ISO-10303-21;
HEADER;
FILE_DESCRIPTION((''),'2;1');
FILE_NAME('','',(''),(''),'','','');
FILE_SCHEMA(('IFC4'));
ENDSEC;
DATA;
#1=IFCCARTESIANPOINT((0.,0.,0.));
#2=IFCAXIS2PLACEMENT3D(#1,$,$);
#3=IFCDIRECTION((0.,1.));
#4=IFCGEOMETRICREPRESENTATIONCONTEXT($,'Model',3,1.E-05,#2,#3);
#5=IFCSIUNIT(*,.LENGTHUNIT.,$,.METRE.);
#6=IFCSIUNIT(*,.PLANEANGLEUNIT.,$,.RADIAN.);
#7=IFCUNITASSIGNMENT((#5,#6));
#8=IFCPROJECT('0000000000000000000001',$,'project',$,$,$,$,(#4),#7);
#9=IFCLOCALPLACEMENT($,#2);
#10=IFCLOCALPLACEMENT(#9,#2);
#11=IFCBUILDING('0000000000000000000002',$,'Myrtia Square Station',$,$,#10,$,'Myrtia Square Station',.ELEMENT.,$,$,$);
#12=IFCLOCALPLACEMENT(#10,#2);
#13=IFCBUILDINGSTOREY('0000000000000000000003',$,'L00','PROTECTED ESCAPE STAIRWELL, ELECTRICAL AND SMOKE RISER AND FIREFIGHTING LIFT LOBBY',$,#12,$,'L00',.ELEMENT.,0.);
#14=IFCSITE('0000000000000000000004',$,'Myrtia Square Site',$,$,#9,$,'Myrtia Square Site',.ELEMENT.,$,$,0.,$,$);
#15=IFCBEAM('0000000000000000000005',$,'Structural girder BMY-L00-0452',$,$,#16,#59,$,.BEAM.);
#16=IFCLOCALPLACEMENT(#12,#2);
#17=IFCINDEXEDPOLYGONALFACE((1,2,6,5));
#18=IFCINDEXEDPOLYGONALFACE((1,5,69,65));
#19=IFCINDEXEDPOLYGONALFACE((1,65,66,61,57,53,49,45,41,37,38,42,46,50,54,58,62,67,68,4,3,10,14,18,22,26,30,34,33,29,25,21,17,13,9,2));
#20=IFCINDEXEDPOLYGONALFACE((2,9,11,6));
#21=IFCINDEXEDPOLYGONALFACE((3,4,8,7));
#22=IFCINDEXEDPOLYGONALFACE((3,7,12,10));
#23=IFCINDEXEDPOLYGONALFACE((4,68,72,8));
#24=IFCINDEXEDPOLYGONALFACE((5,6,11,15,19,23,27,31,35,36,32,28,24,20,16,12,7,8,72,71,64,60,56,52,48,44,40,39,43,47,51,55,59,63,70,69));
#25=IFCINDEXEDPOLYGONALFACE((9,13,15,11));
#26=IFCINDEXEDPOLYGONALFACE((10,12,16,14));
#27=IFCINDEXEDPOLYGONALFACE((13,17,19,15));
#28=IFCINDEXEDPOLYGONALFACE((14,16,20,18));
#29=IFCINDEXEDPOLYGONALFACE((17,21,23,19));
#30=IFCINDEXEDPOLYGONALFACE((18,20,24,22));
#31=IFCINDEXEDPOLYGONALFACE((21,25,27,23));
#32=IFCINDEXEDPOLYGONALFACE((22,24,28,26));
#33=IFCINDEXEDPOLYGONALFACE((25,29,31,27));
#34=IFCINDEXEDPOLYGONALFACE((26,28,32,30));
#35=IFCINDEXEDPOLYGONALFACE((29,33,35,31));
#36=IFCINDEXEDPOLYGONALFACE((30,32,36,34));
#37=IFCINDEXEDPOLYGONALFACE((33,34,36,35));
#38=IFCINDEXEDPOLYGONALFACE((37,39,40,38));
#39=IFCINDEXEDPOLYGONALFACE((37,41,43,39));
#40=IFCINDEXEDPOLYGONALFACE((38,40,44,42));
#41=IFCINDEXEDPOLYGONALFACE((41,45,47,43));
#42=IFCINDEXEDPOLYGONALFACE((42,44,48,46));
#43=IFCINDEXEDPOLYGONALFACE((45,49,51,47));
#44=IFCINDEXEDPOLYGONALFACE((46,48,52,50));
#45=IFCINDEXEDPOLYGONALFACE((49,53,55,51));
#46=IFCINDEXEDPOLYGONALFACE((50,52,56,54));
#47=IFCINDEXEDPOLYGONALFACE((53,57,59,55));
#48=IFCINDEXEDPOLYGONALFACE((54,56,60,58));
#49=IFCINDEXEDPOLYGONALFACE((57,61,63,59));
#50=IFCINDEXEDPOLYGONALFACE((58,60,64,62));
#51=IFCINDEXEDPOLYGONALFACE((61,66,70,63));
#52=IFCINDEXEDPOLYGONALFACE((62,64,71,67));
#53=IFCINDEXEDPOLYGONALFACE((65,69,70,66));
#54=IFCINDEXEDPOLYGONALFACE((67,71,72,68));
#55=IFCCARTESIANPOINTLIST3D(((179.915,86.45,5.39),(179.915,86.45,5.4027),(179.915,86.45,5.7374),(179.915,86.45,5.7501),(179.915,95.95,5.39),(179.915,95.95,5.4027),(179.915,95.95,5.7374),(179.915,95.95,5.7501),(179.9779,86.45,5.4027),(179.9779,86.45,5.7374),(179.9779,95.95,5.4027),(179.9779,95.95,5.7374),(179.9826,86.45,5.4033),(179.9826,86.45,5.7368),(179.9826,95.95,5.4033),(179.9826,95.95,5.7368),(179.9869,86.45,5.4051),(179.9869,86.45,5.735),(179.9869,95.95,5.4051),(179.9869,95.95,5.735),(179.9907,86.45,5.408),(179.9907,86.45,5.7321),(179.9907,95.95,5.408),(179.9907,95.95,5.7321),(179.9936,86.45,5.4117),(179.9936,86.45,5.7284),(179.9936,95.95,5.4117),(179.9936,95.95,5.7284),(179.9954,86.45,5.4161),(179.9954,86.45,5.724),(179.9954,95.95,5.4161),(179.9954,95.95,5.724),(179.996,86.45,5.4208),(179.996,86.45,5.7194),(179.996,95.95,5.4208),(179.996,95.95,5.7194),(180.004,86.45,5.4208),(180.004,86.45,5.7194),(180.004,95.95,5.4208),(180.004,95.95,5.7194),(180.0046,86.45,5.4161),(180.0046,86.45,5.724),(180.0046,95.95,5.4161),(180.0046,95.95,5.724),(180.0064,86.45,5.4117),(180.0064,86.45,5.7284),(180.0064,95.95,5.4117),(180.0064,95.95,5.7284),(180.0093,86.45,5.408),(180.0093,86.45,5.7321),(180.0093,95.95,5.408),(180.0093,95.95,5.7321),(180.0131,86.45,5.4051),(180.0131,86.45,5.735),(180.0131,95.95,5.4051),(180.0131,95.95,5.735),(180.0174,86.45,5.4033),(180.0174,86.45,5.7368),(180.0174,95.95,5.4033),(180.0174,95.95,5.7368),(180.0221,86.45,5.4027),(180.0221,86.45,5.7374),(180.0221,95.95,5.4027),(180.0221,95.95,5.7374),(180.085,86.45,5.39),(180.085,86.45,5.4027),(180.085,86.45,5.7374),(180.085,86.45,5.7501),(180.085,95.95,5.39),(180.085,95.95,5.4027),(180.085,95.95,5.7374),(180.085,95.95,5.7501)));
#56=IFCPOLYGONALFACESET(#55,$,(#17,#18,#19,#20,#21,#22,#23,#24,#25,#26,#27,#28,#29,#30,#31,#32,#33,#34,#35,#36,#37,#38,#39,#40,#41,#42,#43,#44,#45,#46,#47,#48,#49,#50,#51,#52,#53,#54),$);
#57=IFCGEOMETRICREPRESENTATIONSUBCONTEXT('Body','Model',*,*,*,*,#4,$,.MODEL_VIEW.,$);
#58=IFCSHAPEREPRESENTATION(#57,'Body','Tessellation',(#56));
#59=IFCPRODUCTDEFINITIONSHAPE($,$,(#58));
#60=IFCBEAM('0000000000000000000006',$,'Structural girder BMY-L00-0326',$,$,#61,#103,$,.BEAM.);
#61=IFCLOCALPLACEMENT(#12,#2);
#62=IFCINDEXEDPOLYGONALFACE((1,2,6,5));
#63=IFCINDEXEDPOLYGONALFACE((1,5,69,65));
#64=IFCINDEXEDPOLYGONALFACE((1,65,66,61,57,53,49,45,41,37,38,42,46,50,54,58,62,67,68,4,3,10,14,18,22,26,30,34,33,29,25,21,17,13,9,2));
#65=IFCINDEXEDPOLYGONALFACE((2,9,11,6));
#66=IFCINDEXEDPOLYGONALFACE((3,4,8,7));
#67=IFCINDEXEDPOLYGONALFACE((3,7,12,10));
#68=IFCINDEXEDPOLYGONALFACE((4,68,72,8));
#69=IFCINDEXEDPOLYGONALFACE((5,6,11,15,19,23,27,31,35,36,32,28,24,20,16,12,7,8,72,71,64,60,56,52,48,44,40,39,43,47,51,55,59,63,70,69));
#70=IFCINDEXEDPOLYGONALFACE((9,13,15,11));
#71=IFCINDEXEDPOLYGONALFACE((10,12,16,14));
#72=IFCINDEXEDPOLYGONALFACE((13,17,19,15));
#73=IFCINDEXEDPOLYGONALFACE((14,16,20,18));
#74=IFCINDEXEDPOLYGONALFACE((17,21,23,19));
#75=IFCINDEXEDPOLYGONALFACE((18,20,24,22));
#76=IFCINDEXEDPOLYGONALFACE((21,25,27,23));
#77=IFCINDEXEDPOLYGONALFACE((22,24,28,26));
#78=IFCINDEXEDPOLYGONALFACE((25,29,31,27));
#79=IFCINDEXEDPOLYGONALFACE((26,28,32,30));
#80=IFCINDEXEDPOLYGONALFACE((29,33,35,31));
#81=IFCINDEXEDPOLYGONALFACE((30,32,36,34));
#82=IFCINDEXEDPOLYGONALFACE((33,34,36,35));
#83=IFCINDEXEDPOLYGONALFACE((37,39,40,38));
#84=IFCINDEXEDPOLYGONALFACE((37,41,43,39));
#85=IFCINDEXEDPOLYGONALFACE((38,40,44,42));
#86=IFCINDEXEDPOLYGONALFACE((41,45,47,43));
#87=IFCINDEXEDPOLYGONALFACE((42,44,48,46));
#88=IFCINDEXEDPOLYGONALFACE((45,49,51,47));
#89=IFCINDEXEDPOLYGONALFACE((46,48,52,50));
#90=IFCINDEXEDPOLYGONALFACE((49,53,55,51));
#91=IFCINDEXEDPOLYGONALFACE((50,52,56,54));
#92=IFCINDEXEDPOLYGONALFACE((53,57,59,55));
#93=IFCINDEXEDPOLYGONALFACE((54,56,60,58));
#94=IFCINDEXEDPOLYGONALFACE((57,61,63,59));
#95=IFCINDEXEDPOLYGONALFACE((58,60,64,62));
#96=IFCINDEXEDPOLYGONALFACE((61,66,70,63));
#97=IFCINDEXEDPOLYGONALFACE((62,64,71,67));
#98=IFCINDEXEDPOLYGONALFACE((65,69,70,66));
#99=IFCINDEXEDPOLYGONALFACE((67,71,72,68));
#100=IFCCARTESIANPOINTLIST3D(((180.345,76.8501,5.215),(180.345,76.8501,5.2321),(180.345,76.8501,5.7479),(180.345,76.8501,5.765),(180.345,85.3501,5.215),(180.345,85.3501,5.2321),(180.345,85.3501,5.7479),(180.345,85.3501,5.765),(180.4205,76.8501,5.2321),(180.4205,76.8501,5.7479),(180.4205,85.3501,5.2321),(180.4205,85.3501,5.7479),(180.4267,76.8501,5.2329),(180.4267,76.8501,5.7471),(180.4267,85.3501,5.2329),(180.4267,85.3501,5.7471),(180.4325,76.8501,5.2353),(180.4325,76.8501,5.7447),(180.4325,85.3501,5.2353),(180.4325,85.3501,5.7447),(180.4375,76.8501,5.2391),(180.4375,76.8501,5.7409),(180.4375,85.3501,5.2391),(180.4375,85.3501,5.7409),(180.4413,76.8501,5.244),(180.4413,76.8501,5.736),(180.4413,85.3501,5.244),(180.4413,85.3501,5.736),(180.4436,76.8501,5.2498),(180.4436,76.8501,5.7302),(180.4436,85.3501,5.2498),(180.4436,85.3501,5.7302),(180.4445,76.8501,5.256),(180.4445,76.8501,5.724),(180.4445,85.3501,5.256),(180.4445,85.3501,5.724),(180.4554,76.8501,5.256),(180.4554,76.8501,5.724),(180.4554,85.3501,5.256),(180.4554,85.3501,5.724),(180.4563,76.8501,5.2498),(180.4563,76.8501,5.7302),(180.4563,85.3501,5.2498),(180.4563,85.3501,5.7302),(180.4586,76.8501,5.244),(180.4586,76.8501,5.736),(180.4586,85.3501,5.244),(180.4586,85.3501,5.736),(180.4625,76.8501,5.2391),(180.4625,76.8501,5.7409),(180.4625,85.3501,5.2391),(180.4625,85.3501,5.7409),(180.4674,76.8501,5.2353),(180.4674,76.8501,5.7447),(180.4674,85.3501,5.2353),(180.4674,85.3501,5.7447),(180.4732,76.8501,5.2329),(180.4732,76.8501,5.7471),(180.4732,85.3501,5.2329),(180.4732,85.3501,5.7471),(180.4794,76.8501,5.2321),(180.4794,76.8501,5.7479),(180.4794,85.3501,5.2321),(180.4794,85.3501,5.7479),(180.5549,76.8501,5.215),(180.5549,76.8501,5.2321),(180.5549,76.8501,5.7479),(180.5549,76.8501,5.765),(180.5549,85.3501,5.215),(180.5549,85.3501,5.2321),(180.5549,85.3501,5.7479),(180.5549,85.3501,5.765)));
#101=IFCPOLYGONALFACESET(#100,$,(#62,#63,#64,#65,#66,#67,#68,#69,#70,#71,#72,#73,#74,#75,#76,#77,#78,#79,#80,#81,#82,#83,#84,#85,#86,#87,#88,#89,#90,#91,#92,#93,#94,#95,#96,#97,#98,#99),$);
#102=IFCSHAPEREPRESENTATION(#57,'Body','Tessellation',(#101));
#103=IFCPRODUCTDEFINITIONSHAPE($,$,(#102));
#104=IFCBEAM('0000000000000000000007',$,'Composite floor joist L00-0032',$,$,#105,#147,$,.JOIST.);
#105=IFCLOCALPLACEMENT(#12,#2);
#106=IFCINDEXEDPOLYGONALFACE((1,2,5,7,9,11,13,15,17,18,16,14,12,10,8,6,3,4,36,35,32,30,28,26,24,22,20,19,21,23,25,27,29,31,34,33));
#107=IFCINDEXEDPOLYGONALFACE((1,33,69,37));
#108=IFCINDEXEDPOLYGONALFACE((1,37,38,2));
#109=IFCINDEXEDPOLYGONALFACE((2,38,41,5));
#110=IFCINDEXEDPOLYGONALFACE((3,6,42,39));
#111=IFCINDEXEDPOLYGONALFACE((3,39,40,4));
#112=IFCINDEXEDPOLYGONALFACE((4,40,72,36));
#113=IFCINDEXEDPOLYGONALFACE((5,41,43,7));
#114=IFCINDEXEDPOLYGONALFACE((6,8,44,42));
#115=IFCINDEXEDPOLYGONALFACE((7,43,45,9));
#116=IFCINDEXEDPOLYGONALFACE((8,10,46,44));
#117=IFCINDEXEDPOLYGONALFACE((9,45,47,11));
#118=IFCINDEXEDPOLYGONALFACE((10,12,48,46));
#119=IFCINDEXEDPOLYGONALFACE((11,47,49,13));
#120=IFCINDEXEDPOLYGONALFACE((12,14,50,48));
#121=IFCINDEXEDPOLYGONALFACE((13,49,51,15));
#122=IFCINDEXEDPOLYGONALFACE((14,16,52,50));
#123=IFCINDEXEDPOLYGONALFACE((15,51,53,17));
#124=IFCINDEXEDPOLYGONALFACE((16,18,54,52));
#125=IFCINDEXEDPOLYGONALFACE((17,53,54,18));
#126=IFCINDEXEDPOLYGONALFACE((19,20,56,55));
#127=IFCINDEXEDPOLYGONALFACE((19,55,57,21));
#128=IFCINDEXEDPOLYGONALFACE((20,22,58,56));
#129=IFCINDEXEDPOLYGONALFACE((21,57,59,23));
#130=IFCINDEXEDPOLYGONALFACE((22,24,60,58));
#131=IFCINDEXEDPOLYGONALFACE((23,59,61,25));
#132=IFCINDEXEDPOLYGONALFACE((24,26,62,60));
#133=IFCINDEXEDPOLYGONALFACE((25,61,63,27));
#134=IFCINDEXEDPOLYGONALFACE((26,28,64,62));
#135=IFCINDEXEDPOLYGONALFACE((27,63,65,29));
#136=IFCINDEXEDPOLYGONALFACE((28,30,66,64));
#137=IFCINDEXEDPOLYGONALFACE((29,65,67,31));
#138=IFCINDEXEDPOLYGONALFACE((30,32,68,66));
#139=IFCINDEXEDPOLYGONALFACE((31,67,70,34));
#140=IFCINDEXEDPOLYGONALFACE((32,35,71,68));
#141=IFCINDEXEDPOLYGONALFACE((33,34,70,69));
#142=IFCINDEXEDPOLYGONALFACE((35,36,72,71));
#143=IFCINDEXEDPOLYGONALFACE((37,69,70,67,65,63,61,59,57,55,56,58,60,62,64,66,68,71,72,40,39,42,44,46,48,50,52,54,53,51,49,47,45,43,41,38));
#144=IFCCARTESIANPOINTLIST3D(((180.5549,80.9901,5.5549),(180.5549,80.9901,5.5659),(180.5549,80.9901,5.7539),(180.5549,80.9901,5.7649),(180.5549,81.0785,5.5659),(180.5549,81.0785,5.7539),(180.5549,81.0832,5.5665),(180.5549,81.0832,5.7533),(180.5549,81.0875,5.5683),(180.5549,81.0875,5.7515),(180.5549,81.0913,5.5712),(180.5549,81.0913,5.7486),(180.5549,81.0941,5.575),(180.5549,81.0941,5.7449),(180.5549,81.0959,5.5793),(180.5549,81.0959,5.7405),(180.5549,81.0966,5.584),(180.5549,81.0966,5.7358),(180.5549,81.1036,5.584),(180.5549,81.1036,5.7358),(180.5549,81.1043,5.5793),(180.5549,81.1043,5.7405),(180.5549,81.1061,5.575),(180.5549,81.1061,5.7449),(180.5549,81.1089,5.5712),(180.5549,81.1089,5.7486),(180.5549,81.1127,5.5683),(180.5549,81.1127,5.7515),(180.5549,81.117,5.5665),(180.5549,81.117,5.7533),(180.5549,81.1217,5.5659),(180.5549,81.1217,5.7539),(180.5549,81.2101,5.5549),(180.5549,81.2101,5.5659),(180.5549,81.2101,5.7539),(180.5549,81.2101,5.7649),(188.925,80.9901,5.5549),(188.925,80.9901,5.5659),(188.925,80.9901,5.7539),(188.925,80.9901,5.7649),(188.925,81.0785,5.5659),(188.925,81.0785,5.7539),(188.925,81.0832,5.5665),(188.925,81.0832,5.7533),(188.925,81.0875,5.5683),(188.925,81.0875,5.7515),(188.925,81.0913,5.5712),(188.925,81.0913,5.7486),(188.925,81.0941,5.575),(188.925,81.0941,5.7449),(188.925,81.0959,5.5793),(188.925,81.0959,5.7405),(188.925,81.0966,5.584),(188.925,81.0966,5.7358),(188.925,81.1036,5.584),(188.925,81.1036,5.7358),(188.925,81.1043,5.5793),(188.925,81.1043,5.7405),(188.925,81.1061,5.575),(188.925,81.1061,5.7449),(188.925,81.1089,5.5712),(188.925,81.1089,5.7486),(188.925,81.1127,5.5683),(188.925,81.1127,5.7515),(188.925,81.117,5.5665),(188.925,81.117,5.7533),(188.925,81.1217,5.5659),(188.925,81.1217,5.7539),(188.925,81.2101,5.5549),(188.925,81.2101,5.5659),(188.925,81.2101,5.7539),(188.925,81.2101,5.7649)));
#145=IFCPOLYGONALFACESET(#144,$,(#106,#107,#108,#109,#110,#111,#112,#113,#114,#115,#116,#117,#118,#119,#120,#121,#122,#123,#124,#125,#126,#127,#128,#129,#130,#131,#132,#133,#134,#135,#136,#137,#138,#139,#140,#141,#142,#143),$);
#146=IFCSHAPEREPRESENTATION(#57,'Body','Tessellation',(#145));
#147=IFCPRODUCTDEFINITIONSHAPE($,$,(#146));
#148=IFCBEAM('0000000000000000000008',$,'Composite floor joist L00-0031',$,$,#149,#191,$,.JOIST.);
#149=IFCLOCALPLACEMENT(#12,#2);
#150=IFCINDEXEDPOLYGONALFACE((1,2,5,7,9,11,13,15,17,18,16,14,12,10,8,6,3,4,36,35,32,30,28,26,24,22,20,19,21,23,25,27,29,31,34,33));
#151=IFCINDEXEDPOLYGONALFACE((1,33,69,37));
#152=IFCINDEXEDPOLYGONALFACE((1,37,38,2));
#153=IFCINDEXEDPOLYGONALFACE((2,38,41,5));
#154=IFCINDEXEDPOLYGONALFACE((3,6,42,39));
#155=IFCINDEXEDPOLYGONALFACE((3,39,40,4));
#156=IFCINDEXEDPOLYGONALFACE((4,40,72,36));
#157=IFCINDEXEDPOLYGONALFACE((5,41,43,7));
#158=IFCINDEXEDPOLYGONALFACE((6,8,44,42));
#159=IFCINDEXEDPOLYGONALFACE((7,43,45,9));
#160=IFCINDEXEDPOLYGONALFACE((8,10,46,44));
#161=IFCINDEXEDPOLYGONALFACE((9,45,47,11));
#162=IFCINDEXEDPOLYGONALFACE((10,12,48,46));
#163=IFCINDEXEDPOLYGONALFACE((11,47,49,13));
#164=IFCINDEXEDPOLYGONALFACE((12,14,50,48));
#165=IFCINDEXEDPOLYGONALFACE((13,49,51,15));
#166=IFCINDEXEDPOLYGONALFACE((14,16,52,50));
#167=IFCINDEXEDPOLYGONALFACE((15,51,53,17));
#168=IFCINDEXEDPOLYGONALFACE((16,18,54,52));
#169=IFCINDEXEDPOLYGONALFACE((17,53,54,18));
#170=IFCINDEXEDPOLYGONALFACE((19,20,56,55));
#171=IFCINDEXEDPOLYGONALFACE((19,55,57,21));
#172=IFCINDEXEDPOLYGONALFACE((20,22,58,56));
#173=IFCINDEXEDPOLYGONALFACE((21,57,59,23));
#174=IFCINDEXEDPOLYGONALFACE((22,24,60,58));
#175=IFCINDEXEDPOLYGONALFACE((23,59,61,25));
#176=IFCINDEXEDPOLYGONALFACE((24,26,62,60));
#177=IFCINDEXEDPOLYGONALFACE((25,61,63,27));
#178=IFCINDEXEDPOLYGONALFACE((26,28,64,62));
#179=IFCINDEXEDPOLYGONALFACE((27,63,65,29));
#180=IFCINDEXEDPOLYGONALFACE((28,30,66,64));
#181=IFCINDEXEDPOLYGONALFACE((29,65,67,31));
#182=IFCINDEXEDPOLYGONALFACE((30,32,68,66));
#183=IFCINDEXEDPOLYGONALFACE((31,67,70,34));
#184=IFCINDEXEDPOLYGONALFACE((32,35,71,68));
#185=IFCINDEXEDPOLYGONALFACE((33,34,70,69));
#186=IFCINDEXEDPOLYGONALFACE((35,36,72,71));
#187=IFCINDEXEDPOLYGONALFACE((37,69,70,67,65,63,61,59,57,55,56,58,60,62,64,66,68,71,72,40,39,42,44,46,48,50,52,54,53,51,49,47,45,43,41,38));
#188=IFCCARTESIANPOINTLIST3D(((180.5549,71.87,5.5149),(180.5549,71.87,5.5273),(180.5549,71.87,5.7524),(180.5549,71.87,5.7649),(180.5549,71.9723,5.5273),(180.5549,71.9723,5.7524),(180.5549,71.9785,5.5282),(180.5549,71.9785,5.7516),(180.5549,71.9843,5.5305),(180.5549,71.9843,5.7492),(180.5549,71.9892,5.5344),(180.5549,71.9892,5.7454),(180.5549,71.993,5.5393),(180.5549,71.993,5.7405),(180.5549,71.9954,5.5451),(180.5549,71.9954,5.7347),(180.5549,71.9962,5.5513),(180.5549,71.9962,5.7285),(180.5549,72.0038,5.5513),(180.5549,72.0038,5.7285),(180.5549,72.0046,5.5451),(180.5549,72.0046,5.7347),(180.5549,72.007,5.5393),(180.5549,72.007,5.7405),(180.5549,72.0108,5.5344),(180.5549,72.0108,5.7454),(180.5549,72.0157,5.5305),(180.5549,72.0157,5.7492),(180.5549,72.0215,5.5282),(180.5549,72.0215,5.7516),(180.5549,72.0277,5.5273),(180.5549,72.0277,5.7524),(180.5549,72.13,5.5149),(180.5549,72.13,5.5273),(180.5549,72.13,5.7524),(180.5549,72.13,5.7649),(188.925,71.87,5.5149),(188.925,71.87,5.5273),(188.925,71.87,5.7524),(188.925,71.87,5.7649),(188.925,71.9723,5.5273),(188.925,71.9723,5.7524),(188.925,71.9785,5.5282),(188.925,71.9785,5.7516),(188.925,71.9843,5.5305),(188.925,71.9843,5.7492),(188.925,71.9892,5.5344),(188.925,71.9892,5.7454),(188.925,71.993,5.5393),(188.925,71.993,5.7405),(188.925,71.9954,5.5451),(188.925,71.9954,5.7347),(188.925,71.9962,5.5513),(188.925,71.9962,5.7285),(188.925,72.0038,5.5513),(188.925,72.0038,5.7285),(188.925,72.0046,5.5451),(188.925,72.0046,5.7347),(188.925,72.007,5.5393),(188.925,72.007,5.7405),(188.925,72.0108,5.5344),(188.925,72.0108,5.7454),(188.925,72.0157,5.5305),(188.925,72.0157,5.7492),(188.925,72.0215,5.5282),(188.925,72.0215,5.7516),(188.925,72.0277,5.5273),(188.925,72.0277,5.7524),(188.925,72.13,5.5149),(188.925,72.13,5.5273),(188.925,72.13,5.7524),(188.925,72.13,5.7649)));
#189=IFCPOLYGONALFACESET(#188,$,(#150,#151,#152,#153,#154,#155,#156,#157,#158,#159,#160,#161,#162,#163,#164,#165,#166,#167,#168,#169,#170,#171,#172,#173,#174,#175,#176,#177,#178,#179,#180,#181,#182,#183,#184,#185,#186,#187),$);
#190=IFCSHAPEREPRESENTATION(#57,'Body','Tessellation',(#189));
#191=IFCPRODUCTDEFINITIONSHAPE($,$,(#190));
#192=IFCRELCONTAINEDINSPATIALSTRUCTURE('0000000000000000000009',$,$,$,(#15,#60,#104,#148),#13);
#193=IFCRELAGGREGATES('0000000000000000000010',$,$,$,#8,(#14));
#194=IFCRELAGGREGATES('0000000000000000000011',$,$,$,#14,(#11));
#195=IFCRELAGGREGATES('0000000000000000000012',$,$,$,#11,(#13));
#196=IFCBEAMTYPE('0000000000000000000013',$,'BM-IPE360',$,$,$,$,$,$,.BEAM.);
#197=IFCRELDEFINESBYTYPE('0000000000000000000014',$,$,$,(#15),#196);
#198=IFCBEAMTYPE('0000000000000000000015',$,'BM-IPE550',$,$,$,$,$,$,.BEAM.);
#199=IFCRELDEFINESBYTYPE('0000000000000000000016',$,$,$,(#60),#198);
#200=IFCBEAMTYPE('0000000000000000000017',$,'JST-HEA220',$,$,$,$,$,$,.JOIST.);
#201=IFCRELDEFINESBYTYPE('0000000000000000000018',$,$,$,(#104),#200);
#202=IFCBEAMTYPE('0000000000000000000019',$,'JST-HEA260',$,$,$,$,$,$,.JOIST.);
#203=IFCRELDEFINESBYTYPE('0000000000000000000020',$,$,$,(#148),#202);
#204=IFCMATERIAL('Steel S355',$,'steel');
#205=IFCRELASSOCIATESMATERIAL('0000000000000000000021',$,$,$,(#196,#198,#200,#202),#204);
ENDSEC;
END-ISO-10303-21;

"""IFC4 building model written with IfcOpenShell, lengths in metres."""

from ifc_helpers import new_model, si_unit, direction, frame, origin, origin_2d, place, context, subcontext, project, spatial, i_section, extrude, material, material_profile, profile_set, type_object, element, save


model = new_model("IFC4")

# Units and contexts
model_context = context("Model", 3, precision=1e-05, world=origin(), true_north=direction((0.0, 1.0)))
body_context = subcontext(model_context, "Body", "Model", "MODEL_VIEW")
ifc_project = project(units=[si_unit("LENGTHUNIT", "METRE"), si_unit("PLANEANGLEUNIT", "RADIAN")], contexts=[model_context])

# Site, building, storey
site_placement = place(None, origin())
site = spatial("IfcSite", under=ifc_project, at=site_placement, Name="Myrtia Square Site", LongName="Myrtia Square Site", CompositionType="ELEMENT", RefElevation=0.0)
building_placement = place(site_placement, origin())
building = spatial("IfcBuilding", under=site, at=building_placement, Name="Myrtia Square Station", LongName="Myrtia Square Station", CompositionType="ELEMENT")
storey_placement = place(building_placement, origin())
storey = spatial("IfcBuildingStorey", under=building, at=storey_placement, Name="L00", Description="PROTECTED ESCAPE STAIRWELL, ELECTRICAL AND SMOKE RISER AND FIREFIGHTING LIFT LOBBY", LongName="L00", CompositionType="ELEMENT", Elevation=0.0)

# Shared definitions
ifc_material_1 = material(Name="Steel S355", Category="steel")

# Beams
ifc_material_profile_1 = material_profile(ifc_material_1, i_section(OverallWidth=0.1699, OverallDepth=0.3601, WebThickness=0.0081, FlangeThickness=0.0127, FilletRadius=0.0181, at=origin_2d()), Name="IPE 360")
ifc_profile_set_1 = profile_set([ifc_material_profile_1], Name="Steel S355")
beam_type_1 = type_object("IfcBeamType", Name="BM-IPE360", PredefinedType="BEAM", material=ifc_profile_set_1)
beam_1_placement = place(storey_placement, frame((180.0, 86.45, 5.5701), z_axis=(0.0, 1.0, 0.0), x_axis=(-1.0, 0.0, 0.0)))
element("IfcBeam", 1, at=beam_1_placement, inside=storey, type_object=beam_type_1, Name="Structural girder BMY-L00-0452", PredefinedType="BEAM", context=body_context, shape_type="SweptSolid", body=[
    extrude(i_section(OverallWidth=0.1699, OverallDepth=0.3601, WebThickness=0.0081, FlangeThickness=0.0127, FilletRadius=0.0181, at=origin_2d()), origin(), (0.0, 0.0, 1.0), 9.5),
])
ifc_material_profile_2 = material_profile(ifc_material_1, i_section(OverallWidth=0.21, OverallDepth=0.55, WebThickness=0.011, FlangeThickness=0.0171, FilletRadius=0.0239, at=origin_2d()), Name="IPE 550")
ifc_profile_set_2 = profile_set([ifc_material_profile_2], Name="Steel S355")
beam_type_2 = type_object("IfcBeamType", Name="BM-IPE550", PredefinedType="BEAM", material=ifc_profile_set_2)
beam_2_placement = place(storey_placement, frame((180.45, 76.8501, 5.49), z_axis=(0.0, 1.0, 0.0), x_axis=(-1.0, 0.0, 0.0)))
element("IfcBeam", 2, at=beam_2_placement, inside=storey, type_object=beam_type_2, Name="Structural girder BMY-L00-0326", PredefinedType="BEAM", context=body_context, shape_type="SweptSolid", body=[
    extrude(i_section(OverallWidth=0.21, OverallDepth=0.55, WebThickness=0.011, FlangeThickness=0.0171, FilletRadius=0.0239, at=origin_2d()), origin(), (0.0, 0.0, 1.0), 8.5),
])
ifc_material_profile_3 = material_profile(ifc_material_1, i_section(OverallWidth=0.22, OverallDepth=0.21, WebThickness=0.0071, FlangeThickness=0.011, FilletRadius=0.0181, at=origin_2d()), Name="HEA 220")
ifc_profile_set_3 = profile_set([ifc_material_profile_3], Name="Steel S355")
beam_type_3 = type_object("IfcBeamType", Name="JST-HEA220", PredefinedType="JOIST", material=ifc_profile_set_3)
beam_3_placement = place(storey_placement, frame((180.5549, 81.1001, 5.6599), z_axis=(1.0, 0.0, 0.0), x_axis=(0.0, 1.0, 0.0)))
element("IfcBeam", 3, at=beam_3_placement, inside=storey, type_object=beam_type_3, Name="Composite floor joist L00-0032", PredefinedType="JOIST", context=body_context, shape_type="SweptSolid", body=[
    extrude(i_section(OverallWidth=0.22, OverallDepth=0.21, WebThickness=0.0071, FlangeThickness=0.011, FilletRadius=0.0181, at=origin_2d()), origin(), (0.0, 0.0, 1.0), 8.3701),
])
ifc_material_profile_4 = material_profile(ifc_material_1, i_section(OverallWidth=0.26, OverallDepth=0.25, WebThickness=0.0076, FlangeThickness=0.0125, FilletRadius=0.0239, at=origin_2d()), Name="HEA 260")
ifc_profile_set_4 = profile_set([ifc_material_profile_4], Name="Steel S355")
beam_type_4 = type_object("IfcBeamType", Name="JST-HEA260", PredefinedType="JOIST", material=ifc_profile_set_4)
beam_4_placement = place(storey_placement, frame((180.5549, 72.0, 5.6399), z_axis=(1.0, 0.0, 0.0), x_axis=(0.0, 1.0, 0.0)))
element("IfcBeam", 4, at=beam_4_placement, inside=storey, type_object=beam_type_4, Name="Composite floor joist L00-0031", PredefinedType="JOIST", context=body_context, shape_type="SweptSolid", body=[
    extrude(i_section(OverallWidth=0.26, OverallDepth=0.25, WebThickness=0.0076, FlangeThickness=0.0125, FilletRadius=0.0239, at=origin_2d()), origin(), (0.0, 0.0, 1.0), 8.3701),
])

save(model, "model.ifc")
